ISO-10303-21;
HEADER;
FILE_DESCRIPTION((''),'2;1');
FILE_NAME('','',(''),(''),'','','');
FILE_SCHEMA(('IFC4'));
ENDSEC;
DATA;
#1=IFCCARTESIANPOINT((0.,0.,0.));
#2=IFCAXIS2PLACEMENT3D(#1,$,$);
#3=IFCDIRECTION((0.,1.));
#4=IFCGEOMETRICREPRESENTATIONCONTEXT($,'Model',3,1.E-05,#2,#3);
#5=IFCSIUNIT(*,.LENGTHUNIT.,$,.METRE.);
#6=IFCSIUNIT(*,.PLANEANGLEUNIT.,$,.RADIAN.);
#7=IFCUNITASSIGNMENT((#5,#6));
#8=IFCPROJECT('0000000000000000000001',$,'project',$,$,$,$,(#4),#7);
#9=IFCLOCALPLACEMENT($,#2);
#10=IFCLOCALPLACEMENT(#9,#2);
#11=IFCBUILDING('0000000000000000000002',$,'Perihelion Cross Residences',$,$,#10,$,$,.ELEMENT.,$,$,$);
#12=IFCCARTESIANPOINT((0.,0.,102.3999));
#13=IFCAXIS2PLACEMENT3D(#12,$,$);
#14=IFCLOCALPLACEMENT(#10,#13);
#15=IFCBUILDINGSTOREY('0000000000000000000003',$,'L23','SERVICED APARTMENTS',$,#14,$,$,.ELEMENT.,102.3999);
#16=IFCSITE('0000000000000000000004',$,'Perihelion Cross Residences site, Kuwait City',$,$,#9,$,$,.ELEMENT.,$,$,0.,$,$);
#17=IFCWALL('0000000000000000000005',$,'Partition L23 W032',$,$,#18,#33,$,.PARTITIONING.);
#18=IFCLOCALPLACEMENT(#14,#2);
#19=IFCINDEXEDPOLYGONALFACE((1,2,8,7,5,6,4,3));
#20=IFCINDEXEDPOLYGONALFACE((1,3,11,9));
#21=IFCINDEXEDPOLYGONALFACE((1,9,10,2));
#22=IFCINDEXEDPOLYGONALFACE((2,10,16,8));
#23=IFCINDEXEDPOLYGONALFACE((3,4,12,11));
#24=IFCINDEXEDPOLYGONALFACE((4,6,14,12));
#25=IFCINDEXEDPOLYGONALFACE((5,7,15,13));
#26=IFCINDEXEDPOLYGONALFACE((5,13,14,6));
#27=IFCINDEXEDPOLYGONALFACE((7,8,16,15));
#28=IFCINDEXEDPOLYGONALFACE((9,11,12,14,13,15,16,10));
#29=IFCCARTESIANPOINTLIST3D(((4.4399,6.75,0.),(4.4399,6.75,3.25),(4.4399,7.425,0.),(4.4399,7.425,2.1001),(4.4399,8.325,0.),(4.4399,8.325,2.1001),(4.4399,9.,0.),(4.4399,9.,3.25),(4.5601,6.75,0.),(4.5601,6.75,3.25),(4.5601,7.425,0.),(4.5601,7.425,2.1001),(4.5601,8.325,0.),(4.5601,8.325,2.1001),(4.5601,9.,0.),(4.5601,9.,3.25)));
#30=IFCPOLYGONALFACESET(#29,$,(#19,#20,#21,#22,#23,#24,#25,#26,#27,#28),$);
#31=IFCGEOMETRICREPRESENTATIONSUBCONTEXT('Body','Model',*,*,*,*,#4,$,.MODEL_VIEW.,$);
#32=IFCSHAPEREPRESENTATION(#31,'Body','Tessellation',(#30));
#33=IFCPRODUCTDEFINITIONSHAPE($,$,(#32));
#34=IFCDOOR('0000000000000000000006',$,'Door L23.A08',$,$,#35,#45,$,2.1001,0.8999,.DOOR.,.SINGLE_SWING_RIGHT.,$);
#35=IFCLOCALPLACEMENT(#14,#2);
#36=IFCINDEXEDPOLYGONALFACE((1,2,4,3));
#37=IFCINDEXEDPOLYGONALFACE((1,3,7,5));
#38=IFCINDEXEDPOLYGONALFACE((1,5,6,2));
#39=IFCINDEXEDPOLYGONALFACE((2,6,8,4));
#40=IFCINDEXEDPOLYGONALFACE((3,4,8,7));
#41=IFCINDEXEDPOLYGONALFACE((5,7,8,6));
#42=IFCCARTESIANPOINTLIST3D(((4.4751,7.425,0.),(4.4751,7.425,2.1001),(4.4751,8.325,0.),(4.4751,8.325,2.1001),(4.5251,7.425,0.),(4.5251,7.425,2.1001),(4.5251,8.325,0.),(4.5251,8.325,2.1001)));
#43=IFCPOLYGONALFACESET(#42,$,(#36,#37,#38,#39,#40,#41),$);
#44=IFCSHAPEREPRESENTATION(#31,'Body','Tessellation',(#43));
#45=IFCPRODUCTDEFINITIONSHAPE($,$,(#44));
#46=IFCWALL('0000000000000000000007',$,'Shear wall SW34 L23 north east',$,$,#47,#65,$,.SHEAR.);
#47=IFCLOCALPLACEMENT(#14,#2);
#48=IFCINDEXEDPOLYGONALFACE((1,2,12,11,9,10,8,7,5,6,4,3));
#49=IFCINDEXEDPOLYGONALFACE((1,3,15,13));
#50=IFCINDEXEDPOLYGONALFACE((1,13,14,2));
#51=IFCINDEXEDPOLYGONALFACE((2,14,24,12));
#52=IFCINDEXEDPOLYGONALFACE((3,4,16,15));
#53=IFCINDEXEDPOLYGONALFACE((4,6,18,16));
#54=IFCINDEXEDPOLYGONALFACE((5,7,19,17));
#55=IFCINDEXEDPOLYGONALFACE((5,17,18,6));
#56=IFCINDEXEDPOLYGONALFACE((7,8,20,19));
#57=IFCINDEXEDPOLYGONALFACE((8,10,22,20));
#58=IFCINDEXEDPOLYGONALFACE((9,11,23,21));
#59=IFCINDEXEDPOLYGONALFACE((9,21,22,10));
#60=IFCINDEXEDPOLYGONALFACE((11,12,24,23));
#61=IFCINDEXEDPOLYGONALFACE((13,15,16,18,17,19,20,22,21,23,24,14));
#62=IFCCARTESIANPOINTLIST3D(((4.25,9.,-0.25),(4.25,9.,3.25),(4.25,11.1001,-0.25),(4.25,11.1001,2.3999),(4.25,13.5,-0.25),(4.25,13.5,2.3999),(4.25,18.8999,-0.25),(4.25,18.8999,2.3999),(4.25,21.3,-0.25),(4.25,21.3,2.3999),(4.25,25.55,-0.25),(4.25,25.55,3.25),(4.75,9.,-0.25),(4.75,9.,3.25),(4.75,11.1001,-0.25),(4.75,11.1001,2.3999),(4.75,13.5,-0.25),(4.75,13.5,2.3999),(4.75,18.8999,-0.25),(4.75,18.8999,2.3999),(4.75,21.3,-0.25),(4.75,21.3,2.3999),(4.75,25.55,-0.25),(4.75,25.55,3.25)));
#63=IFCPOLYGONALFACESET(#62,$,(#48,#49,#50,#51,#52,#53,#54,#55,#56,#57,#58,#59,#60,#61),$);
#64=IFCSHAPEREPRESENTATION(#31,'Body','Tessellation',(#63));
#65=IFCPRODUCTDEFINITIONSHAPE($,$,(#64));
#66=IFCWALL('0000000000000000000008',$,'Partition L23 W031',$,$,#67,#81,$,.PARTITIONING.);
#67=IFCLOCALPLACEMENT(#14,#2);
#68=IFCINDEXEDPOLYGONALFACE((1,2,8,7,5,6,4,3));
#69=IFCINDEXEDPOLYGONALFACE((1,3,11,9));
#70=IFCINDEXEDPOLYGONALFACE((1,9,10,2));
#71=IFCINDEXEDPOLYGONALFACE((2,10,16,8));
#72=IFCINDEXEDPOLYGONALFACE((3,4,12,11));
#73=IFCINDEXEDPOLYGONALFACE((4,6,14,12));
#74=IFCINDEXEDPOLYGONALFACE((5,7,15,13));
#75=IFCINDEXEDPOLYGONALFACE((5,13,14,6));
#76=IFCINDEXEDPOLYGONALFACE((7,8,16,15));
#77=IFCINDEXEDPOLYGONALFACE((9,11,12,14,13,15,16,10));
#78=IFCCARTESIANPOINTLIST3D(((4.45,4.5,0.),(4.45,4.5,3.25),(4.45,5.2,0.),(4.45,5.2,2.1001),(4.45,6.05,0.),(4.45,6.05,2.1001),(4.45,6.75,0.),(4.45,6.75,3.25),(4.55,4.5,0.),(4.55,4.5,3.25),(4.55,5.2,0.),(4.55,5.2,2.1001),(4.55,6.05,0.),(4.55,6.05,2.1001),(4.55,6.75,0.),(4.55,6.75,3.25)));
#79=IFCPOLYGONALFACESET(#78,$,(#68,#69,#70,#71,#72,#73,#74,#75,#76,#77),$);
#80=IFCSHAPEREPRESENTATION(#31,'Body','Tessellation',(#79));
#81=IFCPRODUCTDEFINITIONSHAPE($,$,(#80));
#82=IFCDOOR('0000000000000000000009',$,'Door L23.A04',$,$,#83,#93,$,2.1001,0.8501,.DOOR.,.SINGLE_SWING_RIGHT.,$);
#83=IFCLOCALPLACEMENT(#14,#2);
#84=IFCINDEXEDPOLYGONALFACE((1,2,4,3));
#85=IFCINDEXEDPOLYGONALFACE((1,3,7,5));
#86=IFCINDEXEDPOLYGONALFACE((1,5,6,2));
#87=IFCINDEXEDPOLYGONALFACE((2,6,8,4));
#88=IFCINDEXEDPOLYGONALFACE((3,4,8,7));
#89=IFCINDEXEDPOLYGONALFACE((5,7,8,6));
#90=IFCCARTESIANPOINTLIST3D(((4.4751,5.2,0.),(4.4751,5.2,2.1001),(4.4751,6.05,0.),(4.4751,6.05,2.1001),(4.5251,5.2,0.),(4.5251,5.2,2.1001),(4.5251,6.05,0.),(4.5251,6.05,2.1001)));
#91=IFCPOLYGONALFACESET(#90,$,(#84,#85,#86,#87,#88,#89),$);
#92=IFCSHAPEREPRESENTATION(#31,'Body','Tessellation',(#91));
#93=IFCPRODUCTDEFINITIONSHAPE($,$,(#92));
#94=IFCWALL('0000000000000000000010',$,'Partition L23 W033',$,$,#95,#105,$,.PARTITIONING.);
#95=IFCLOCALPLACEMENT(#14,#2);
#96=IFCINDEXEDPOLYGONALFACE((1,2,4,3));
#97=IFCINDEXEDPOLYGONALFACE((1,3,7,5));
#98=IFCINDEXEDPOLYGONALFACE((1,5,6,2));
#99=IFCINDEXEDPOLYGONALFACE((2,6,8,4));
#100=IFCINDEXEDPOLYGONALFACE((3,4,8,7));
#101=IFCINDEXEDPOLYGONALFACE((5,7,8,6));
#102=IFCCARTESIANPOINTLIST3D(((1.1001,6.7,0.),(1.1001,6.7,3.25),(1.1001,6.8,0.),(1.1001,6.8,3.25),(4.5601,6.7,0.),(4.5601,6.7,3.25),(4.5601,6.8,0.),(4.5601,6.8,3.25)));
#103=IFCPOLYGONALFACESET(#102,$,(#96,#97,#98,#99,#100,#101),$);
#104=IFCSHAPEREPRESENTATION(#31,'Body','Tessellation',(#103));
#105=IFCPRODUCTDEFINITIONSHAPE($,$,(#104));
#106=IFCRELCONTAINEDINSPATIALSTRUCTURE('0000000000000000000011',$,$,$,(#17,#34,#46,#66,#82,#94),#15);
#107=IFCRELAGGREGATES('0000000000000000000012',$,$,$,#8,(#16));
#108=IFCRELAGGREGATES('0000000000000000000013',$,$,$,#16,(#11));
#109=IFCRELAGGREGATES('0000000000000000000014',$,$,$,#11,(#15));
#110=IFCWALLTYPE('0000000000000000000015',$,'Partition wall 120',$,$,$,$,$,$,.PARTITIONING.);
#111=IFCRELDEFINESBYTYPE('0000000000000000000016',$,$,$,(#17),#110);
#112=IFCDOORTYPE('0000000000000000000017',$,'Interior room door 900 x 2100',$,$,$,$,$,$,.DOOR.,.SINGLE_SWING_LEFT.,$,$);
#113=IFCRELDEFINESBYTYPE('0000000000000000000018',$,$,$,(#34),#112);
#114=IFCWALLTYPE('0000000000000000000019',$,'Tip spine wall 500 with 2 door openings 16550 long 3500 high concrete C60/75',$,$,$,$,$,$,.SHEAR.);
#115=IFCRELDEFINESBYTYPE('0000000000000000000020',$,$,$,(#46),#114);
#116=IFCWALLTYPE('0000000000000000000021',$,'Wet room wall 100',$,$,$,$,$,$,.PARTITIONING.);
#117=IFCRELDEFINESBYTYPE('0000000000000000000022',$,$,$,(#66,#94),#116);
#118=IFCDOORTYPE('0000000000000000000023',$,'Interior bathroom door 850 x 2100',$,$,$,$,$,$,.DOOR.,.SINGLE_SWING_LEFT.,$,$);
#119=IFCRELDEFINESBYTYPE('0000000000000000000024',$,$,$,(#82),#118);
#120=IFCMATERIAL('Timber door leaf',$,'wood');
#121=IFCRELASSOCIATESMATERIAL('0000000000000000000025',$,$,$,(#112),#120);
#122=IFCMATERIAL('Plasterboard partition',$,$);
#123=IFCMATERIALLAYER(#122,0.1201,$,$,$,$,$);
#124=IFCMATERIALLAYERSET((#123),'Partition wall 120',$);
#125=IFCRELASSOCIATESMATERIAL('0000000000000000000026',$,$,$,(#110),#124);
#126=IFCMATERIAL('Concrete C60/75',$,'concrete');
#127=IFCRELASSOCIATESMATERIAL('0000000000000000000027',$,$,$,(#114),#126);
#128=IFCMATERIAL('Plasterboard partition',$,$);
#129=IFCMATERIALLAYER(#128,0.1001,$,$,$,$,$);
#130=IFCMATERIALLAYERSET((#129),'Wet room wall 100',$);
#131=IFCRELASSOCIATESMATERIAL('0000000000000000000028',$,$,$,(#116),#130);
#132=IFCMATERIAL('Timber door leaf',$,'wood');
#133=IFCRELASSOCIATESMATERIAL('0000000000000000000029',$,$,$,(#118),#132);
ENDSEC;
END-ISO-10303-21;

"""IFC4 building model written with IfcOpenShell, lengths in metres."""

from ifc_helpers import new_model, si_unit, direction, frame, frame_2d, origin, place, context, subcontext, project, spatial, polyline, rectangle, outline, extrude, material, layer, layer_set, material_profile, profile_set, type_object, element, fill, save


model = new_model("IFC4")

# Units and contexts
model_context = context("Model", 3, precision=1e-05, world=origin(), true_north=direction((0.0, 1.0)))
body_context = subcontext(model_context, "Body", "Model", "MODEL_VIEW")
ifc_project = project(units=[si_unit("LENGTHUNIT", "METRE"), si_unit("PLANEANGLEUNIT", "RADIAN")], contexts=[model_context])

# Site, building, storey
site_placement = place(None, origin())
site = spatial("IfcSite", under=ifc_project, at=site_placement, Name="Perihelion Cross Residences site, Kuwait City", CompositionType="ELEMENT", RefElevation=0.0)
building_placement = place(site_placement, origin())
building = spatial("IfcBuilding", under=site, at=building_placement, Name="Perihelion Cross Residences", CompositionType="ELEMENT")
storey_placement = place(building_placement, frame((0.0, 0.0, 102.3999)))
storey = spatial("IfcBuildingStorey", under=building, at=storey_placement, Name="L23", Description="SERVICED APARTMENTS", CompositionType="ELEMENT", Elevation=102.3999)

# Wall, opening, door
ifc_material_1 = material(Name="Timber door leaf", Category="wood")
door_type_1 = type_object("IfcDoorType", Name="Interior room door 900 x 2100", OperationType="SINGLE_SWING_LEFT", PredefinedType="DOOR", material=ifc_material_1)
ifc_material_2 = material(Name="Plasterboard partition")
ifc_layer_1 = layer(ifc_material_2, 0.1201)
ifc_layer_set_1 = layer_set([ifc_layer_1], Name="Partition wall 120")
wall_type_1 = type_object("IfcWallType", Name="Partition wall 120", PredefinedType="PARTITIONING", material=ifc_layer_set_1)
wall_1_placement = place(storey_placement, frame((4.5, 6.75, 0.0), z_axis=(0.0, 0.0, 1.0), x_axis=(0.0, 1.0, 0.0)))
wall_1 = element("IfcWall", 1, at=wall_1_placement, inside=storey, type_object=wall_type_1, Name="Partition L23 W032", PredefinedType="PARTITIONING", context=body_context, shape_type="SweptSolid", body=[
    extrude(rectangle(XDim=2.25, YDim=0.1201, at=frame_2d((1.125, 0.0))), origin(), (0.0, 0.0, 1.0), 3.25),
])
opening_1_placement = place(wall_1_placement, frame((0.675, 0.0, 0.0)))
opening_1 = element("IfcOpeningElement", 2, at=opening_1_placement, cuts=wall_1, PredefinedType="OPENING", context=body_context, shape_type="SweptSolid", body=[
    extrude(rectangle(XDim=0.8999, YDim=2.1001, at=frame_2d((0.45, 1.05))), frame((0.0, 0.0701, 0.0), z_axis=(0.0, -1.0, 0.0), x_axis=(1.0, 0.0, 0.0)), (0.0, 0.0, 1.0), 0.1401),
])
door_1_placement = place(opening_1_placement, origin())
door_1 = element("IfcDoor", 3, at=door_1_placement, inside=storey, type_object=door_type_1, Name="Door L23.A08", OperationType="SINGLE_SWING_RIGHT", OverallHeight=2.1001, OverallWidth=0.8999, PredefinedType="DOOR", context=body_context, shape_type="SweptSolid", body=[
    extrude(rectangle(XDim=0.8999, YDim=2.1001, at=frame_2d((0.45, 1.05))), frame((0.0, 0.0249, 0.0), z_axis=(0.0, -1.0, 0.0), x_axis=(1.0, 0.0, 0.0)), (0.0, 0.0, 1.0), 0.05),
])
fill(opening_1, door_1)

# Wall
ifc_material_3 = material(Name="Concrete C60/75", Category="concrete")
ifc_material_profile_1 = material_profile(ifc_material_3, outline(polyline([(0.0, 0.0), (2.1001, 0.0), (2.1001, 2.6499), (4.5, 2.6499), (4.5, 0.0), (9.8999, 0.0), (9.8999, 2.6499), (12.3, 2.6499), (12.3, 0.0), (16.55, 0.0), (16.55, 3.5), (0.0, 3.5), (0.0, 0.0)])), Name="Tip spine wall")
ifc_profile_set_1 = profile_set([ifc_material_profile_1], Name="Concrete C60/75")
wall_type_2 = type_object("IfcWallType", Name="Tip spine wall 500 with 2 door openings 16550 long 3500 high concrete C60/75", PredefinedType="SHEAR", material=ifc_profile_set_1)
wall_2_placement = place(storey_placement, frame((4.25, 9.0, -0.25), z_axis=(1.0, 0.0, 0.0), x_axis=(0.0, 1.0, 0.0)))
element("IfcWall", 4, at=wall_2_placement, inside=storey, type_object=wall_type_2, Name="Shear wall SW34 L23 north east", PredefinedType="SHEAR", context=body_context, shape_type="SweptSolid", body=[
    extrude(outline(polyline([(0.0, 0.0), (2.1001, 0.0), (2.1001, 2.6499), (4.5, 2.6499), (4.5, 0.0), (9.8999, 0.0), (9.8999, 2.6499), (12.3, 2.6499), (12.3, 0.0), (16.55, 0.0), (16.55, 3.5), (0.0, 3.5), (0.0, 0.0)])), origin(), (0.0, 0.0, 1.0), 0.5),
])

# Wall, opening, door
ifc_material_4 = material(Name="Plasterboard partition")
ifc_layer_2 = layer(ifc_material_4, 0.1001)
ifc_layer_set_2 = layer_set([ifc_layer_2], Name="Wet room wall 100")
wall_type_3 = type_object("IfcWallType", Name="Wet room wall 100", PredefinedType="PARTITIONING", material=ifc_layer_set_2)
wall_3_placement = place(storey_placement, frame((4.5, 4.5, 0.0), z_axis=(0.0, 0.0, 1.0), x_axis=(0.0, 1.0, 0.0)))
wall_3 = element("IfcWall", 5, at=wall_3_placement, inside=storey, type_object=wall_type_3, Name="Partition L23 W031", PredefinedType="PARTITIONING", context=body_context, shape_type="SweptSolid", body=[
    extrude(rectangle(XDim=2.25, YDim=0.1001, at=frame_2d((1.125, 0.0))), origin(), (0.0, 0.0, 1.0), 3.25),
])
opening_2_placement = place(wall_3_placement, frame((0.7, 0.0, 0.0)))
opening_2 = element("IfcOpeningElement", 6, at=opening_2_placement, cuts=wall_3, PredefinedType="OPENING", context=body_context, shape_type="SweptSolid", body=[
    extrude(rectangle(XDim=0.8501, YDim=2.1001, at=frame_2d((0.425, 1.05))), frame((0.0, 0.0601, 0.0), z_axis=(0.0, -1.0, 0.0), x_axis=(1.0, 0.0, 0.0)), (0.0, 0.0, 1.0), 0.1201),
])
ifc_material_5 = material(Name="Timber door leaf", Category="wood")
door_type_2 = type_object("IfcDoorType", Name="Interior bathroom door 850 x 2100", OperationType="SINGLE_SWING_LEFT", PredefinedType="DOOR", material=ifc_material_5)
door_2_placement = place(opening_2_placement, origin())
door_2 = element("IfcDoor", 7, at=door_2_placement, inside=storey, type_object=door_type_2, Name="Door L23.A04", OperationType="SINGLE_SWING_RIGHT", OverallHeight=2.1001, OverallWidth=0.8501, PredefinedType="DOOR", context=body_context, shape_type="SweptSolid", body=[
    extrude(rectangle(XDim=0.8501, YDim=2.1001, at=frame_2d((0.425, 1.05))), frame((0.0, 0.0249, 0.0), z_axis=(0.0, -1.0, 0.0), x_axis=(1.0, 0.0, 0.0)), (0.0, 0.0, 1.0), 0.05),
])
fill(opening_2, door_2)

# Wall
wall_4_placement = place(storey_placement, frame((1.1001, 6.75, 0.0), z_axis=(0.0, 0.0, 1.0), x_axis=(1.0, 0.0, 0.0)))
element("IfcWall", 8, at=wall_4_placement, inside=storey, type_object=wall_type_3, Name="Partition L23 W033", PredefinedType="PARTITIONING", context=body_context, shape_type="SweptSolid", body=[
    extrude(rectangle(XDim=3.46, YDim=0.1001, at=frame_2d((1.73, 0.0))), origin(), (0.0, 0.0, 1.0), 3.25),
])

save(model, "model.ifc")
